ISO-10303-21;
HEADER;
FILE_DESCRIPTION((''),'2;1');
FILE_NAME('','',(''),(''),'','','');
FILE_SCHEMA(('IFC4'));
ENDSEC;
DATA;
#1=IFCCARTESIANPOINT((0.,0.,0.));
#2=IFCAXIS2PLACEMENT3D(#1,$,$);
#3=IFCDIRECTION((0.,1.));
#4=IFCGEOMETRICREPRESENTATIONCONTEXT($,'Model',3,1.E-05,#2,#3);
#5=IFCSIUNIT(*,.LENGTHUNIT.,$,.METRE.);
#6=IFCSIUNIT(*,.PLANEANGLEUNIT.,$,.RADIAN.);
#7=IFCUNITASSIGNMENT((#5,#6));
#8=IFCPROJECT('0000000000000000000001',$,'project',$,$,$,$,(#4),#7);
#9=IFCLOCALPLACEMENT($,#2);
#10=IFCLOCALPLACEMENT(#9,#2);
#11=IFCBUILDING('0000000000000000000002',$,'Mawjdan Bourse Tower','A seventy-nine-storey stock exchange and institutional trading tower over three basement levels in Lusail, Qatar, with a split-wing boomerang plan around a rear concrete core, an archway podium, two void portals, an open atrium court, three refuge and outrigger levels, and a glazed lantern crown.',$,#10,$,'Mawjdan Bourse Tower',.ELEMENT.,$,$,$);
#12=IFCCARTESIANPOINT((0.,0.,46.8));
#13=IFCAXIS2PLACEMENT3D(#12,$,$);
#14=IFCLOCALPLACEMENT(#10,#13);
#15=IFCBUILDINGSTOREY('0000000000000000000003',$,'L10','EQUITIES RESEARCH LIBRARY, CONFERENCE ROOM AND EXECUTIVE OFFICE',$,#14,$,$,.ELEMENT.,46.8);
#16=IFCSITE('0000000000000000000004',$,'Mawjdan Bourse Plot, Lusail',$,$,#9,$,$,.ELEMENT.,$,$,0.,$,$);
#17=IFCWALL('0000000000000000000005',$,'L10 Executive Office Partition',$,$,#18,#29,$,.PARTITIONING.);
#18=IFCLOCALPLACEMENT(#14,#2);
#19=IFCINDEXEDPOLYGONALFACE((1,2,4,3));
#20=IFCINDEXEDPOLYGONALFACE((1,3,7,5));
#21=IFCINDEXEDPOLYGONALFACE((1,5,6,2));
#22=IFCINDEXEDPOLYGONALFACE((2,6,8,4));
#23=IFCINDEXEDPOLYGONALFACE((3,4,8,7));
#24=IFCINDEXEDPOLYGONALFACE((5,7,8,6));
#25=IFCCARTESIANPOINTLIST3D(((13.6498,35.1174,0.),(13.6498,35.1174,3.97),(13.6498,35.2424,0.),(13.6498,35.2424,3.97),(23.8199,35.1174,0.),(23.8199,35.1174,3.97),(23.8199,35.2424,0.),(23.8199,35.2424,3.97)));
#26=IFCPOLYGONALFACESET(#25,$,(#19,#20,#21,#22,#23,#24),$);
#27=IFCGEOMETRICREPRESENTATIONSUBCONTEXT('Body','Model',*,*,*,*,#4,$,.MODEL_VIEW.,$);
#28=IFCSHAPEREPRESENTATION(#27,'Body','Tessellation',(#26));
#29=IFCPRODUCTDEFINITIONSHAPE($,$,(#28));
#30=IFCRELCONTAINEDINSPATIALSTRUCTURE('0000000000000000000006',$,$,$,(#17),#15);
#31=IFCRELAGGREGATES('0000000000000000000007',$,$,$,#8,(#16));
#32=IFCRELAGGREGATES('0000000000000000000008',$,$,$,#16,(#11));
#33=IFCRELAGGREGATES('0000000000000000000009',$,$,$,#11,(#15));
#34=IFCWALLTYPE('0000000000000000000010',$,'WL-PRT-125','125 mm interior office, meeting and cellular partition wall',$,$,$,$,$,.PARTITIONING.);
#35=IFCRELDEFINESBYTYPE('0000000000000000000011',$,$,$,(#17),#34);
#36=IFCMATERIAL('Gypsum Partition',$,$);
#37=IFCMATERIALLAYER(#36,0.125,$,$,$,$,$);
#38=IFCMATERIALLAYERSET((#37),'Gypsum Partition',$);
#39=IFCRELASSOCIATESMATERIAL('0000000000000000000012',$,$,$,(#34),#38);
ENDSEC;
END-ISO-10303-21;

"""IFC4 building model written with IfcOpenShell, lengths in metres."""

from ifc_helpers import new_model, si_unit, direction, frame, frame_2d, origin, place, context, subcontext, project, spatial, rectangle, extrude, material, layer, layer_set, type_object, element, save


model = new_model("IFC4")

# Units and contexts
model_context = context("Model", 3, precision=1e-05, world=origin(), true_north=direction((0.0, 1.0)))
body_context = subcontext(model_context, "Body", "Model", "MODEL_VIEW")
ifc_project = project(units=[si_unit("LENGTHUNIT", "METRE"), si_unit("PLANEANGLEUNIT", "RADIAN")], contexts=[model_context])

# Site, building, storey
site_placement = place(None, origin())
site = spatial("IfcSite", under=ifc_project, at=site_placement, Name="Mawjdan Bourse Plot, Lusail", CompositionType="ELEMENT", RefElevation=0.0)
building_placement = place(site_placement, origin())
building = spatial("IfcBuilding", under=site, at=building_placement, Name="Mawjdan Bourse Tower", Description="A seventy-nine-storey stock exchange and institutional trading tower over three basement levels in Lusail, Qatar, with a split-wing boomerang plan around a rear concrete core, an archway podium, two void portals, an open atrium court, three refuge and outrigger levels, and a glazed lantern crown.", LongName="Mawjdan Bourse Tower", CompositionType="ELEMENT")
storey_placement = place(building_placement, frame((0.0, 0.0, 46.8)))
storey = spatial("IfcBuildingStorey", under=building, at=storey_placement, Name="L10", Description="EQUITIES RESEARCH LIBRARY, CONFERENCE ROOM AND EXECUTIVE OFFICE", CompositionType="ELEMENT", Elevation=46.8)

# Wall
ifc_material_1 = material(Name="Gypsum Partition")
ifc_layer_1 = layer(ifc_material_1, 0.125)
ifc_layer_set_1 = layer_set([ifc_layer_1], Name="Gypsum Partition")
wall_type_1 = type_object("IfcWallType", Name="WL-PRT-125", Description="125 mm interior office, meeting and cellular partition wall", PredefinedType="PARTITIONING", material=ifc_layer_set_1)
wall_1_placement = place(storey_placement, frame((13.6499, 35.1799, 0.0), z_axis=(0.0, 0.0, 1.0), x_axis=(1.0, 0.0, 0.0)))
element("IfcWall", 1, at=wall_1_placement, inside=storey, type_object=wall_type_1, Name="L10 Executive Office Partition", PredefinedType="PARTITIONING", context=body_context, shape_type="SweptSolid", body=[
    extrude(rectangle(XDim=10.1702, YDim=0.125, at=frame_2d((5.085, 0.0))), origin(), (0.0, 0.0, 1.0), 3.97),
])

save(model, "model.ifc")
